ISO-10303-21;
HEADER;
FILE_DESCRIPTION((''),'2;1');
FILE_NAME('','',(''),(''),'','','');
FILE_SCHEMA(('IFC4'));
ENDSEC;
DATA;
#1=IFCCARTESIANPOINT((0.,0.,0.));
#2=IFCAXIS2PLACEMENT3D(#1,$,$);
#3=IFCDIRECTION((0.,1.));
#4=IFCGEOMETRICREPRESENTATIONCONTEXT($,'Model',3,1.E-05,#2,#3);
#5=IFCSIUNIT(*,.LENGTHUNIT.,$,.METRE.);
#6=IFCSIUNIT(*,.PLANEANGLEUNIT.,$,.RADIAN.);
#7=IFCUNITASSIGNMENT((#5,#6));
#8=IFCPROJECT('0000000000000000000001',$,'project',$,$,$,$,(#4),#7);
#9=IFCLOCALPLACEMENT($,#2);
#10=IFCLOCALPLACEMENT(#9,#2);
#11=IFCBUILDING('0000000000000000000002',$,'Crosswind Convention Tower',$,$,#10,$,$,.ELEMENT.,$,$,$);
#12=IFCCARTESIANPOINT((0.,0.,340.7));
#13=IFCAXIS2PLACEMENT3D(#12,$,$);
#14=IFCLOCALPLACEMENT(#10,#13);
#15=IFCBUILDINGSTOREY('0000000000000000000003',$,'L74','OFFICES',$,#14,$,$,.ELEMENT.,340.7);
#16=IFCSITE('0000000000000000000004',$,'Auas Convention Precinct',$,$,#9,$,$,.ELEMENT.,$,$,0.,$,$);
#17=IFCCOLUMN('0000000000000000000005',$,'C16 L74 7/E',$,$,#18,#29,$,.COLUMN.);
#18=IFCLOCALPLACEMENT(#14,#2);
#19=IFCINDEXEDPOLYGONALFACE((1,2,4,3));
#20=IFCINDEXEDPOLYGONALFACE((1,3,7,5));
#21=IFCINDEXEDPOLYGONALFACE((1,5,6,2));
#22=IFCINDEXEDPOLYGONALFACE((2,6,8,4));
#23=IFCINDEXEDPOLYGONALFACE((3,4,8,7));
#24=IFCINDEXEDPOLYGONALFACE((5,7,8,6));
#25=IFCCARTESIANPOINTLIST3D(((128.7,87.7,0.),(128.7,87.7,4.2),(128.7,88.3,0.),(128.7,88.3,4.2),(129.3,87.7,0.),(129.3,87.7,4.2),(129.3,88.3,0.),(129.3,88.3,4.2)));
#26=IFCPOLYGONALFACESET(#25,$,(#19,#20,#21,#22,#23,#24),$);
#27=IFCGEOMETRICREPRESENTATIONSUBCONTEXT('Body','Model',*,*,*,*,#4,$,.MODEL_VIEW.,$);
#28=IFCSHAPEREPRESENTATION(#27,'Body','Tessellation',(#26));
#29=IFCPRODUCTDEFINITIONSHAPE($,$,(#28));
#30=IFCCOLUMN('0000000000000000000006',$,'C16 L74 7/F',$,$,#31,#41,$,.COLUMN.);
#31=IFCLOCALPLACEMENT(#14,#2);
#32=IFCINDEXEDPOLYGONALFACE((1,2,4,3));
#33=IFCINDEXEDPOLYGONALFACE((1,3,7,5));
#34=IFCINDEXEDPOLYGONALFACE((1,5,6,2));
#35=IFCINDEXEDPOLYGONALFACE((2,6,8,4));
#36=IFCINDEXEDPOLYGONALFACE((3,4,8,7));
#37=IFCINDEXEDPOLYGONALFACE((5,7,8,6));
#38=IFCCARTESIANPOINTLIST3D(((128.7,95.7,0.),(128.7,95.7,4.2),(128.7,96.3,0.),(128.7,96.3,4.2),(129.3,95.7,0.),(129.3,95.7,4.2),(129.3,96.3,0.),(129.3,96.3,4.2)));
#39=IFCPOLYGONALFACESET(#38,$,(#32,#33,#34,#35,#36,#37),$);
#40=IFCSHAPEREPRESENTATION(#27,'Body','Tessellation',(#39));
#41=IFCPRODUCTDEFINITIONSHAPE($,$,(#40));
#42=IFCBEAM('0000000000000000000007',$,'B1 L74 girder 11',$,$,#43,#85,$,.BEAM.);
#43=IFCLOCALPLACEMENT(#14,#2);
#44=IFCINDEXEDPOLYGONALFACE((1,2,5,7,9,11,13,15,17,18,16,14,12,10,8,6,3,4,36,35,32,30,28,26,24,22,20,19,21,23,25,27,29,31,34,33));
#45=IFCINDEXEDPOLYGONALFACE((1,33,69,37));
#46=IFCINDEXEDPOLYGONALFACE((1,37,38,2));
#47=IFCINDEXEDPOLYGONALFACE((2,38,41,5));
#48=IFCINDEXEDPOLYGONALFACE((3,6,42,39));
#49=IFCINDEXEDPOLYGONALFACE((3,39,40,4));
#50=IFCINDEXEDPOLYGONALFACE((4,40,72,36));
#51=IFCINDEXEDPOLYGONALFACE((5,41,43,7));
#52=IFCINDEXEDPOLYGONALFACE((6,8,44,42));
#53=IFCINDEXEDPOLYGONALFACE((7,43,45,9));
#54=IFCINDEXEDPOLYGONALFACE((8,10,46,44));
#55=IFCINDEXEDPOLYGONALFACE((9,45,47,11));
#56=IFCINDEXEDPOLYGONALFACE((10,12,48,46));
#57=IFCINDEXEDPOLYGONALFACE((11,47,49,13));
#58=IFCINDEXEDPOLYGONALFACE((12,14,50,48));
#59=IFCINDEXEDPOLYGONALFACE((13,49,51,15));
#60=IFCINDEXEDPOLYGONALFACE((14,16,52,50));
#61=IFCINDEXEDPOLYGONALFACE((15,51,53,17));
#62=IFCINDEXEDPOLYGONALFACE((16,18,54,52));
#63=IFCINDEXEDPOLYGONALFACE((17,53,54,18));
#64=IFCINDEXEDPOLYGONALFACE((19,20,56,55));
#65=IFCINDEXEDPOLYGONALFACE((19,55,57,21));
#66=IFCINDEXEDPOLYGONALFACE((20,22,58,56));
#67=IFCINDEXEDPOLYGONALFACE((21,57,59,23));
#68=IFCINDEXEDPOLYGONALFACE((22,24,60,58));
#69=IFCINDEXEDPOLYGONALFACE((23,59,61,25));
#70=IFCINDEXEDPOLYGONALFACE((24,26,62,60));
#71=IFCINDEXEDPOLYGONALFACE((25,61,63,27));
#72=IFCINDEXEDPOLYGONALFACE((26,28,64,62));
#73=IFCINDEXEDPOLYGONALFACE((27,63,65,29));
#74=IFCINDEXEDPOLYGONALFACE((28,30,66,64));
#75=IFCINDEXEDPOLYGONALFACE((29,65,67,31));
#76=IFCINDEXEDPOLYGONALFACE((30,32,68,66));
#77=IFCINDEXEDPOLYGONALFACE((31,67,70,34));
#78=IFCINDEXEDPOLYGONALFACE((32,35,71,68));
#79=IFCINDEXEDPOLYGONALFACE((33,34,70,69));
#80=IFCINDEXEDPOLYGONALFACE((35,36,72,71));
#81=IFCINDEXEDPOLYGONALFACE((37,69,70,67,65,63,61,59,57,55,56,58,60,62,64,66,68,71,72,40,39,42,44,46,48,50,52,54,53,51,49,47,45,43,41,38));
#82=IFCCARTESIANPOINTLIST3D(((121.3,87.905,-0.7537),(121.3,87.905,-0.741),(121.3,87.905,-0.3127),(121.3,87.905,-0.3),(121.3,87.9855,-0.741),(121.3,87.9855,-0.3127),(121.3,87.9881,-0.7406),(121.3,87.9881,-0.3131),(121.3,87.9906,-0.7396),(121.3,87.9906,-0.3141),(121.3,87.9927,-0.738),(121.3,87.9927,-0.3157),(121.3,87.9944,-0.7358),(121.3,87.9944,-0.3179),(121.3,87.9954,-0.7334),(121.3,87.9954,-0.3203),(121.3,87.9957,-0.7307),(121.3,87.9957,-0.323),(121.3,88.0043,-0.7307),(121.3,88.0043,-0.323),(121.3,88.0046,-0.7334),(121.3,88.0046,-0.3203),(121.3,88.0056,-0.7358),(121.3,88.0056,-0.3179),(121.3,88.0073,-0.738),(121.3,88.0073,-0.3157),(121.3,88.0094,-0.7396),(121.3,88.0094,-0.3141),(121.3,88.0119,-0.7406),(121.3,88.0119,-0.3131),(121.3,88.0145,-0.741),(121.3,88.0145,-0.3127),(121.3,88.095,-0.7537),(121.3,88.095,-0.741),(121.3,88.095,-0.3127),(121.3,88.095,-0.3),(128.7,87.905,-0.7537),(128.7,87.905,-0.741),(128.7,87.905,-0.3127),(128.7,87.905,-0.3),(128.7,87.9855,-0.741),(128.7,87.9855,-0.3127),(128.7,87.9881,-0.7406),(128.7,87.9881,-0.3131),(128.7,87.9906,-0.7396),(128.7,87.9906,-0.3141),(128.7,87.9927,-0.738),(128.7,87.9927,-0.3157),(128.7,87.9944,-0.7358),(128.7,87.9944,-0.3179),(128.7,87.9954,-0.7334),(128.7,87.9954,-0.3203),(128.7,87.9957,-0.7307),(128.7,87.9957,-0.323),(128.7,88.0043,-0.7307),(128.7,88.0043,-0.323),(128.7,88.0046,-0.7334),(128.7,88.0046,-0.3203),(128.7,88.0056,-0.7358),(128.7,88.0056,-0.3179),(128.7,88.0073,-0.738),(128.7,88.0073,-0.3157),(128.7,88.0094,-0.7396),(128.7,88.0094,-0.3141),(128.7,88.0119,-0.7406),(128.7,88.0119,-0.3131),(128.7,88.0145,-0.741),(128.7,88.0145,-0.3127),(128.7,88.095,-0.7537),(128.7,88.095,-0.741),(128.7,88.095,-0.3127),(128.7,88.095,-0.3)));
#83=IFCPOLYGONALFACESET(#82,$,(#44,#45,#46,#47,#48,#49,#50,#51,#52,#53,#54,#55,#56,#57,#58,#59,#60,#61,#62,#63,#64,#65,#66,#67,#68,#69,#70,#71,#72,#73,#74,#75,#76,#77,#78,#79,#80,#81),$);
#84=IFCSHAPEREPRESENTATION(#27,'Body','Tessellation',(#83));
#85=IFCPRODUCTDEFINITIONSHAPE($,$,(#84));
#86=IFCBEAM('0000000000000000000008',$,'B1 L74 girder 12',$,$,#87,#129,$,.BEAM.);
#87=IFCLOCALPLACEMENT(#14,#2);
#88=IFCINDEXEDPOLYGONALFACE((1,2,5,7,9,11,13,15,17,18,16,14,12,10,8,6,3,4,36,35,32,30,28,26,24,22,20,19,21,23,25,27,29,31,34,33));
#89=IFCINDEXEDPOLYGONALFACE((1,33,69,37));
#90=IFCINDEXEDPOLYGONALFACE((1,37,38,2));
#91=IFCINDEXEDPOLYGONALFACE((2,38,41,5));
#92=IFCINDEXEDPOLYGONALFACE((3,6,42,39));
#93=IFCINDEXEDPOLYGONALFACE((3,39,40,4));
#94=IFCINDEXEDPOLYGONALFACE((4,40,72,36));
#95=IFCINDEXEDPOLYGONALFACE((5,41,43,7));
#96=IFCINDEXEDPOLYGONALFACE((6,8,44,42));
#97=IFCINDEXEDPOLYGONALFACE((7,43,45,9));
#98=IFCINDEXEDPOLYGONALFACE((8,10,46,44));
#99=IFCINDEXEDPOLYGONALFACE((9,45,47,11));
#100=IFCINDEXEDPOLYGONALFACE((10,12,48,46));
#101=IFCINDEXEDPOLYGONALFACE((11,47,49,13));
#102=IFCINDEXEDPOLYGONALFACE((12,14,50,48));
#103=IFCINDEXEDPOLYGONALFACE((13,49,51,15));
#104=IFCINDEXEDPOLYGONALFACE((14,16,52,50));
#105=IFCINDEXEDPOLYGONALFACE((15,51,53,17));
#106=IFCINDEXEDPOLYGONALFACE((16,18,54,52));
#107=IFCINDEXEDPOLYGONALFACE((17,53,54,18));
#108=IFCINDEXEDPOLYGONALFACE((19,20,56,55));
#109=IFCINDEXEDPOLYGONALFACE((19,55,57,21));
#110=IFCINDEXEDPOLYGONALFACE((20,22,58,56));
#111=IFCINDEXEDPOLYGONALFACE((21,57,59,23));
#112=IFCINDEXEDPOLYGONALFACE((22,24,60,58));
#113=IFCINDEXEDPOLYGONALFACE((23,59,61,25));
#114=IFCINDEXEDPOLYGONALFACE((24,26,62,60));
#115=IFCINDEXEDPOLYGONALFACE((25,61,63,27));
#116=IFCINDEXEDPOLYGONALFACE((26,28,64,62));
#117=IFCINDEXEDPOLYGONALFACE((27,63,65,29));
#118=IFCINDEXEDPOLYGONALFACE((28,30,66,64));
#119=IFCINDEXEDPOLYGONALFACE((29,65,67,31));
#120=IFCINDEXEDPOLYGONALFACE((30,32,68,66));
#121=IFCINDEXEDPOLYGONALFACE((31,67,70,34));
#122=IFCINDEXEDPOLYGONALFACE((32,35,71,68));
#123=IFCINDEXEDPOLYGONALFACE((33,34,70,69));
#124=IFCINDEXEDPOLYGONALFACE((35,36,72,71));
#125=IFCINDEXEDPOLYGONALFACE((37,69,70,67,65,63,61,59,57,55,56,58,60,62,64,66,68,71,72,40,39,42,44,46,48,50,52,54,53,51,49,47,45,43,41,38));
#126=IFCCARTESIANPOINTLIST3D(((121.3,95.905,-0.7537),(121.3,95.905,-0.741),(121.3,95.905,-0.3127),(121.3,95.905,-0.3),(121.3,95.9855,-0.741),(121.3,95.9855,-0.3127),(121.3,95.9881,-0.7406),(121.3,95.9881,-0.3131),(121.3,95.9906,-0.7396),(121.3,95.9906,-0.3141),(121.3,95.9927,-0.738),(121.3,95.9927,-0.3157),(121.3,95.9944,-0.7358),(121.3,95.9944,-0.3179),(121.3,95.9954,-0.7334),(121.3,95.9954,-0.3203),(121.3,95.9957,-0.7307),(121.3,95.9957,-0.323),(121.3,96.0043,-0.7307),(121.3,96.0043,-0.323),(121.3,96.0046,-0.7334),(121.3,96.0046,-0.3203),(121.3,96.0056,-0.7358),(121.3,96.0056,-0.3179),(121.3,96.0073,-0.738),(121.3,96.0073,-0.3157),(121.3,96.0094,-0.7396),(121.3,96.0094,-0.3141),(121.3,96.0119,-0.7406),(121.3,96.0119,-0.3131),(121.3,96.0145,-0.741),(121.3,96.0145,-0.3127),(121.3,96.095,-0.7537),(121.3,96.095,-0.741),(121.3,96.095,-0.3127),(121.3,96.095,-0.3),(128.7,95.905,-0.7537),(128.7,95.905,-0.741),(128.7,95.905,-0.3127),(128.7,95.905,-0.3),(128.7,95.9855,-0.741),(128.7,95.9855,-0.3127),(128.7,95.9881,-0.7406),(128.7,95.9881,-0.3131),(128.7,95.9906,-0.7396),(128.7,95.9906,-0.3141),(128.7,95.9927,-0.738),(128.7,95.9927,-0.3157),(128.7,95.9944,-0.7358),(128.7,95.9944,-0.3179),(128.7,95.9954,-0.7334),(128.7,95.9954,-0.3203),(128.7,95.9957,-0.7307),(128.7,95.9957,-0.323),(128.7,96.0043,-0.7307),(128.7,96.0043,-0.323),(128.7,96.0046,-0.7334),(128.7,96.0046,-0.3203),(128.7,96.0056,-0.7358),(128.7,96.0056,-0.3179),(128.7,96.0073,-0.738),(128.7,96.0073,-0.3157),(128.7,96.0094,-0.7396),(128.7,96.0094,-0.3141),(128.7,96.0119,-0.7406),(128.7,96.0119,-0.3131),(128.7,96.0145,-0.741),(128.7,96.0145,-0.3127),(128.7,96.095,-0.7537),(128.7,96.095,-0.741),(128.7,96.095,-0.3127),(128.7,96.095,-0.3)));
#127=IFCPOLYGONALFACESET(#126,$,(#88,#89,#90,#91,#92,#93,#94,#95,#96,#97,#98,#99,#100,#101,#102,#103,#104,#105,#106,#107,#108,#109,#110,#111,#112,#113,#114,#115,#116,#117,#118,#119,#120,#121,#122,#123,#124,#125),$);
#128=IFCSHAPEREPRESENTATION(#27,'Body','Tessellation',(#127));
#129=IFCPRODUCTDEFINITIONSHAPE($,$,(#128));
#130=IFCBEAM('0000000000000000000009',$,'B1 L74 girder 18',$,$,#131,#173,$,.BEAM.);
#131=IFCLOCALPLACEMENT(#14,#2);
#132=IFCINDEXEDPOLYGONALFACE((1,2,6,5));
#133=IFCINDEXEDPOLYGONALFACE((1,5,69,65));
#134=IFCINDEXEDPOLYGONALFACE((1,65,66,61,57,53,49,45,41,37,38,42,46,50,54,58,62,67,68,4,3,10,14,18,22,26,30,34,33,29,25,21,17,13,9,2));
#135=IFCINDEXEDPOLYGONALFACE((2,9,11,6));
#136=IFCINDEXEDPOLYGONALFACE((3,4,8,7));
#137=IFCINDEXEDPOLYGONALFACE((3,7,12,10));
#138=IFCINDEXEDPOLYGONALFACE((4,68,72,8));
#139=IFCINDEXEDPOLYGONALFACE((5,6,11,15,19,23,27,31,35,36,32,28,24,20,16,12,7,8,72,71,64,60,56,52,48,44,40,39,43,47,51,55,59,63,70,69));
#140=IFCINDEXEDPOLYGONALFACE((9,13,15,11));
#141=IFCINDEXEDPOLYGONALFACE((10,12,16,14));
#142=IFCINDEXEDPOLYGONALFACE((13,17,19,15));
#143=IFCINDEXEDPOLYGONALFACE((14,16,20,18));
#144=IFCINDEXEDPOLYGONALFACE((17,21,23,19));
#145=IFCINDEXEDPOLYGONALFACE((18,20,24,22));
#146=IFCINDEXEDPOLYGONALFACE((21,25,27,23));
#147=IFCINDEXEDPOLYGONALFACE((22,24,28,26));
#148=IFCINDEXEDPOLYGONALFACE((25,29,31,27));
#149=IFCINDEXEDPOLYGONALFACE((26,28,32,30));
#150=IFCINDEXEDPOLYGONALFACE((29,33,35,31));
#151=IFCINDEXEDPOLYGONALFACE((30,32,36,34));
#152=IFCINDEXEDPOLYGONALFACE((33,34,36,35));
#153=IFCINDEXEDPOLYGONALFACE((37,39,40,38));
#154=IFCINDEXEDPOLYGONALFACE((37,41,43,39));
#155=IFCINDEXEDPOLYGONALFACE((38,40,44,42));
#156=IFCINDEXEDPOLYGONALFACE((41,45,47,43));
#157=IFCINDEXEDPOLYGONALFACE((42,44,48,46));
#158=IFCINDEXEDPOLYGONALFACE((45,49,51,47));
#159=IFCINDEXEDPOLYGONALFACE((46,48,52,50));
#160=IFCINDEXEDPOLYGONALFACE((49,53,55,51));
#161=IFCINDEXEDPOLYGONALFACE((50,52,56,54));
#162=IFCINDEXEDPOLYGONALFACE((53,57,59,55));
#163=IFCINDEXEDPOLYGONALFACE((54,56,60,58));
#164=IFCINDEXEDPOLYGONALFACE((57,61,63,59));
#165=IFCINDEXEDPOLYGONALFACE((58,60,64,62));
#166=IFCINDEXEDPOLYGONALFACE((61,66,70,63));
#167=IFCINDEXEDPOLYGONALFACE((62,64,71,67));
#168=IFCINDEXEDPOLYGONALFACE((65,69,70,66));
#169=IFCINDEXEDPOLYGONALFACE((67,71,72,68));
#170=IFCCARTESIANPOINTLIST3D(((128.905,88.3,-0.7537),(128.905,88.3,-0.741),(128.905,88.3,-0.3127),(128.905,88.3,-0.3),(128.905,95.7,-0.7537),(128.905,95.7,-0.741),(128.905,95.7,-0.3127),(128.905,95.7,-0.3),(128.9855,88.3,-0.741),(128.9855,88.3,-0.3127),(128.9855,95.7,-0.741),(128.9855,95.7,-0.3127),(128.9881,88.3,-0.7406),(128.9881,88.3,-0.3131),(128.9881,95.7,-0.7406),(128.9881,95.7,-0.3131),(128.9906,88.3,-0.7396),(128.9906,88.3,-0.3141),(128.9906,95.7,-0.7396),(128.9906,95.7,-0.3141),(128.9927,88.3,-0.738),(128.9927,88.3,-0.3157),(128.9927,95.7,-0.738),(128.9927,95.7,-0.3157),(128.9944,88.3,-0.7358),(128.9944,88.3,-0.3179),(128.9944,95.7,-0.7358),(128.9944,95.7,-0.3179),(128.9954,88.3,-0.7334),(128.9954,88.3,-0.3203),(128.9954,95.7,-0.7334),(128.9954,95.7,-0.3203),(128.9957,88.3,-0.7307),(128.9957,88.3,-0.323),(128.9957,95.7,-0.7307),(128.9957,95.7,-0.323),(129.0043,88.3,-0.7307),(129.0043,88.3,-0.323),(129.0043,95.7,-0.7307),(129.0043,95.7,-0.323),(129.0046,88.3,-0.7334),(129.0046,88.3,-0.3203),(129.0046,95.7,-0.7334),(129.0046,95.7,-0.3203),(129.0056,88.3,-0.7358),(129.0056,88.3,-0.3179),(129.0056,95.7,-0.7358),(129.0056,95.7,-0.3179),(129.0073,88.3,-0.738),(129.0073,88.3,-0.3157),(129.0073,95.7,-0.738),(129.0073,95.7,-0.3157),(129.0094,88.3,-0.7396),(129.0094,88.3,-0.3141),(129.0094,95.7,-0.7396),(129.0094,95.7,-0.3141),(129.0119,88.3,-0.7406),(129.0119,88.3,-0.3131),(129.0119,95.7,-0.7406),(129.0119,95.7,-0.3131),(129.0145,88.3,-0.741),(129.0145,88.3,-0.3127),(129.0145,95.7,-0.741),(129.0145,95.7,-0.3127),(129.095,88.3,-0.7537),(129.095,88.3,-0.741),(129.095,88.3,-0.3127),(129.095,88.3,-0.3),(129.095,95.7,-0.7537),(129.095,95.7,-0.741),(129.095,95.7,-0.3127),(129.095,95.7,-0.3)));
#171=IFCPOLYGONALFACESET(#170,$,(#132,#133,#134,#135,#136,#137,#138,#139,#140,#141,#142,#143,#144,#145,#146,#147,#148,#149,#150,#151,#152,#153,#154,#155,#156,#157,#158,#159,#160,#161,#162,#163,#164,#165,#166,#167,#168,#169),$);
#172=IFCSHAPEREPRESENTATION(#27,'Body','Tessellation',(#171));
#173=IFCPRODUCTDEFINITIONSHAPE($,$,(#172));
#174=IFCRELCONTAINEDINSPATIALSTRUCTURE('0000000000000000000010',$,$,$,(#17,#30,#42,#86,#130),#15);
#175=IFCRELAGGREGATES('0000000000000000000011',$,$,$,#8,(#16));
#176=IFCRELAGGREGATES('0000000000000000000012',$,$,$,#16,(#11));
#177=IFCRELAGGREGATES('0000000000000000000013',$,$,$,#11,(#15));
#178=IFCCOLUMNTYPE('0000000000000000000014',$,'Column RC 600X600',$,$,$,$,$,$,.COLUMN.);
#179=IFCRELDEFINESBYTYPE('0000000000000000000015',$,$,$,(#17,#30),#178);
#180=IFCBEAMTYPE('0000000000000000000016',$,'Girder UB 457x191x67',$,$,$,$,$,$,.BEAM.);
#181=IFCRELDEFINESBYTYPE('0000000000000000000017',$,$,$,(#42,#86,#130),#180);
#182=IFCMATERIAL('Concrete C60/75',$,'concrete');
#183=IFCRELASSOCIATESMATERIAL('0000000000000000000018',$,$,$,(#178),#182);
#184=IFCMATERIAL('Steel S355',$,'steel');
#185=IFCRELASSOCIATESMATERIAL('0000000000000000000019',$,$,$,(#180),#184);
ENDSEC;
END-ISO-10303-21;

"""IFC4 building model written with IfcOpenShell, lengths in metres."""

from ifc_helpers import new_model, si_unit, direction, frame, origin, origin_2d, place, context, subcontext, project, spatial, rectangle, i_section, extrude, material, material_profile, profile_set, type_object, element, save


model = new_model("IFC4")

# Units and contexts
model_context = context("Model", 3, precision=1e-05, world=origin(), true_north=direction((0.0, 1.0)))
body_context = subcontext(model_context, "Body", "Model", "MODEL_VIEW")
ifc_project = project(units=[si_unit("LENGTHUNIT", "METRE"), si_unit("PLANEANGLEUNIT", "RADIAN")], contexts=[model_context])

# Site, building, storey
site_placement = place(None, origin())
site = spatial("IfcSite", under=ifc_project, at=site_placement, Name="Auas Convention Precinct", CompositionType="ELEMENT", RefElevation=0.0)
building_placement = place(site_placement, origin())
building = spatial("IfcBuilding", under=site, at=building_placement, Name="Crosswind Convention Tower", CompositionType="ELEMENT")
storey_placement = place(building_placement, frame((0.0, 0.0, 340.7)))
storey = spatial("IfcBuildingStorey", under=building, at=storey_placement, Name="L74", Description="OFFICES", CompositionType="ELEMENT", Elevation=340.7)

# Columns
ifc_material_1 = material(Name="Concrete C60/75", Category="concrete")
ifc_material_profile_1 = material_profile(ifc_material_1, rectangle(XDim=0.6001, YDim=0.6001, at=origin_2d()), Name="RC 600X600")
ifc_profile_set_1 = profile_set([ifc_material_profile_1], Name="Concrete C60/75")
column_type = type_object("IfcColumnType", Name="Column RC 600X600", PredefinedType="COLUMN", material=ifc_profile_set_1)
for number, where, z_axis, x_axis, name in (
    (1, (129.0, 88.0, 0.0), (0.0, 0.0, 1.0), (1.0, 0.0, 0.0), "C16 L74 7/E"),
    (2, (129.0, 96.0, 0.0), (0.0, 0.0, 1.0), (1.0, 0.0, 0.0), "C16 L74 7/F"),
):
    element("IfcColumn", number, at=place(storey_placement, frame(where, z_axis=z_axis, x_axis=x_axis)), inside=storey, type_object=column_type, Name=name, PredefinedType="COLUMN", context=body_context, shape_type="SweptSolid", body=[
        extrude(rectangle(XDim=0.6001, YDim=0.6001, at=origin_2d()), origin(), (0.0, 0.0, 1.0), 4.2),
    ])

# Beams
ifc_material_2 = material(Name="Steel S355", Category="steel")
ifc_material_profile_2 = material_profile(ifc_material_2, i_section(OverallWidth=0.1899, OverallDepth=0.4536, WebThickness=0.0085, FlangeThickness=0.0127, FilletRadius=0.0103, at=origin_2d()), Name="UB 457x191x67")
ifc_profile_set_2 = profile_set([ifc_material_profile_2], Name="Steel S355")
beam_type_1 = type_object("IfcBeamType", Name="Girder UB 457x191x67", PredefinedType="BEAM", material=ifc_profile_set_2)
for number, where, z_axis, x_axis, name in (
    (3, (121.3, 88.0, -0.5269), (1.0, 0.0, 0.0), (0.0, 1.0, 0.0), "B1 L74 girder 11"),
    (4, (121.3, 96.0, -0.5269), (1.0, 0.0, 0.0), (0.0, 1.0, 0.0), "B1 L74 girder 12"),
    (5, (129.0, 88.3, -0.5269), (0.0, 1.0, 0.0), (-1.0, 0.0, 0.0), "B1 L74 girder 18"),
):
    element("IfcBeam", number, at=place(storey_placement, frame(where, z_axis=z_axis, x_axis=x_axis)), inside=storey, type_object=beam_type_1, Name=name, PredefinedType="BEAM", context=body_context, shape_type="SweptSolid", body=[
        extrude(i_section(OverallWidth=0.1899, OverallDepth=0.4536, WebThickness=0.0085, FlangeThickness=0.0127, FilletRadius=0.0103, at=origin_2d()), origin(), (0.0, 0.0, 1.0), 7.3999),
    ])

save(model, "model.ifc")
